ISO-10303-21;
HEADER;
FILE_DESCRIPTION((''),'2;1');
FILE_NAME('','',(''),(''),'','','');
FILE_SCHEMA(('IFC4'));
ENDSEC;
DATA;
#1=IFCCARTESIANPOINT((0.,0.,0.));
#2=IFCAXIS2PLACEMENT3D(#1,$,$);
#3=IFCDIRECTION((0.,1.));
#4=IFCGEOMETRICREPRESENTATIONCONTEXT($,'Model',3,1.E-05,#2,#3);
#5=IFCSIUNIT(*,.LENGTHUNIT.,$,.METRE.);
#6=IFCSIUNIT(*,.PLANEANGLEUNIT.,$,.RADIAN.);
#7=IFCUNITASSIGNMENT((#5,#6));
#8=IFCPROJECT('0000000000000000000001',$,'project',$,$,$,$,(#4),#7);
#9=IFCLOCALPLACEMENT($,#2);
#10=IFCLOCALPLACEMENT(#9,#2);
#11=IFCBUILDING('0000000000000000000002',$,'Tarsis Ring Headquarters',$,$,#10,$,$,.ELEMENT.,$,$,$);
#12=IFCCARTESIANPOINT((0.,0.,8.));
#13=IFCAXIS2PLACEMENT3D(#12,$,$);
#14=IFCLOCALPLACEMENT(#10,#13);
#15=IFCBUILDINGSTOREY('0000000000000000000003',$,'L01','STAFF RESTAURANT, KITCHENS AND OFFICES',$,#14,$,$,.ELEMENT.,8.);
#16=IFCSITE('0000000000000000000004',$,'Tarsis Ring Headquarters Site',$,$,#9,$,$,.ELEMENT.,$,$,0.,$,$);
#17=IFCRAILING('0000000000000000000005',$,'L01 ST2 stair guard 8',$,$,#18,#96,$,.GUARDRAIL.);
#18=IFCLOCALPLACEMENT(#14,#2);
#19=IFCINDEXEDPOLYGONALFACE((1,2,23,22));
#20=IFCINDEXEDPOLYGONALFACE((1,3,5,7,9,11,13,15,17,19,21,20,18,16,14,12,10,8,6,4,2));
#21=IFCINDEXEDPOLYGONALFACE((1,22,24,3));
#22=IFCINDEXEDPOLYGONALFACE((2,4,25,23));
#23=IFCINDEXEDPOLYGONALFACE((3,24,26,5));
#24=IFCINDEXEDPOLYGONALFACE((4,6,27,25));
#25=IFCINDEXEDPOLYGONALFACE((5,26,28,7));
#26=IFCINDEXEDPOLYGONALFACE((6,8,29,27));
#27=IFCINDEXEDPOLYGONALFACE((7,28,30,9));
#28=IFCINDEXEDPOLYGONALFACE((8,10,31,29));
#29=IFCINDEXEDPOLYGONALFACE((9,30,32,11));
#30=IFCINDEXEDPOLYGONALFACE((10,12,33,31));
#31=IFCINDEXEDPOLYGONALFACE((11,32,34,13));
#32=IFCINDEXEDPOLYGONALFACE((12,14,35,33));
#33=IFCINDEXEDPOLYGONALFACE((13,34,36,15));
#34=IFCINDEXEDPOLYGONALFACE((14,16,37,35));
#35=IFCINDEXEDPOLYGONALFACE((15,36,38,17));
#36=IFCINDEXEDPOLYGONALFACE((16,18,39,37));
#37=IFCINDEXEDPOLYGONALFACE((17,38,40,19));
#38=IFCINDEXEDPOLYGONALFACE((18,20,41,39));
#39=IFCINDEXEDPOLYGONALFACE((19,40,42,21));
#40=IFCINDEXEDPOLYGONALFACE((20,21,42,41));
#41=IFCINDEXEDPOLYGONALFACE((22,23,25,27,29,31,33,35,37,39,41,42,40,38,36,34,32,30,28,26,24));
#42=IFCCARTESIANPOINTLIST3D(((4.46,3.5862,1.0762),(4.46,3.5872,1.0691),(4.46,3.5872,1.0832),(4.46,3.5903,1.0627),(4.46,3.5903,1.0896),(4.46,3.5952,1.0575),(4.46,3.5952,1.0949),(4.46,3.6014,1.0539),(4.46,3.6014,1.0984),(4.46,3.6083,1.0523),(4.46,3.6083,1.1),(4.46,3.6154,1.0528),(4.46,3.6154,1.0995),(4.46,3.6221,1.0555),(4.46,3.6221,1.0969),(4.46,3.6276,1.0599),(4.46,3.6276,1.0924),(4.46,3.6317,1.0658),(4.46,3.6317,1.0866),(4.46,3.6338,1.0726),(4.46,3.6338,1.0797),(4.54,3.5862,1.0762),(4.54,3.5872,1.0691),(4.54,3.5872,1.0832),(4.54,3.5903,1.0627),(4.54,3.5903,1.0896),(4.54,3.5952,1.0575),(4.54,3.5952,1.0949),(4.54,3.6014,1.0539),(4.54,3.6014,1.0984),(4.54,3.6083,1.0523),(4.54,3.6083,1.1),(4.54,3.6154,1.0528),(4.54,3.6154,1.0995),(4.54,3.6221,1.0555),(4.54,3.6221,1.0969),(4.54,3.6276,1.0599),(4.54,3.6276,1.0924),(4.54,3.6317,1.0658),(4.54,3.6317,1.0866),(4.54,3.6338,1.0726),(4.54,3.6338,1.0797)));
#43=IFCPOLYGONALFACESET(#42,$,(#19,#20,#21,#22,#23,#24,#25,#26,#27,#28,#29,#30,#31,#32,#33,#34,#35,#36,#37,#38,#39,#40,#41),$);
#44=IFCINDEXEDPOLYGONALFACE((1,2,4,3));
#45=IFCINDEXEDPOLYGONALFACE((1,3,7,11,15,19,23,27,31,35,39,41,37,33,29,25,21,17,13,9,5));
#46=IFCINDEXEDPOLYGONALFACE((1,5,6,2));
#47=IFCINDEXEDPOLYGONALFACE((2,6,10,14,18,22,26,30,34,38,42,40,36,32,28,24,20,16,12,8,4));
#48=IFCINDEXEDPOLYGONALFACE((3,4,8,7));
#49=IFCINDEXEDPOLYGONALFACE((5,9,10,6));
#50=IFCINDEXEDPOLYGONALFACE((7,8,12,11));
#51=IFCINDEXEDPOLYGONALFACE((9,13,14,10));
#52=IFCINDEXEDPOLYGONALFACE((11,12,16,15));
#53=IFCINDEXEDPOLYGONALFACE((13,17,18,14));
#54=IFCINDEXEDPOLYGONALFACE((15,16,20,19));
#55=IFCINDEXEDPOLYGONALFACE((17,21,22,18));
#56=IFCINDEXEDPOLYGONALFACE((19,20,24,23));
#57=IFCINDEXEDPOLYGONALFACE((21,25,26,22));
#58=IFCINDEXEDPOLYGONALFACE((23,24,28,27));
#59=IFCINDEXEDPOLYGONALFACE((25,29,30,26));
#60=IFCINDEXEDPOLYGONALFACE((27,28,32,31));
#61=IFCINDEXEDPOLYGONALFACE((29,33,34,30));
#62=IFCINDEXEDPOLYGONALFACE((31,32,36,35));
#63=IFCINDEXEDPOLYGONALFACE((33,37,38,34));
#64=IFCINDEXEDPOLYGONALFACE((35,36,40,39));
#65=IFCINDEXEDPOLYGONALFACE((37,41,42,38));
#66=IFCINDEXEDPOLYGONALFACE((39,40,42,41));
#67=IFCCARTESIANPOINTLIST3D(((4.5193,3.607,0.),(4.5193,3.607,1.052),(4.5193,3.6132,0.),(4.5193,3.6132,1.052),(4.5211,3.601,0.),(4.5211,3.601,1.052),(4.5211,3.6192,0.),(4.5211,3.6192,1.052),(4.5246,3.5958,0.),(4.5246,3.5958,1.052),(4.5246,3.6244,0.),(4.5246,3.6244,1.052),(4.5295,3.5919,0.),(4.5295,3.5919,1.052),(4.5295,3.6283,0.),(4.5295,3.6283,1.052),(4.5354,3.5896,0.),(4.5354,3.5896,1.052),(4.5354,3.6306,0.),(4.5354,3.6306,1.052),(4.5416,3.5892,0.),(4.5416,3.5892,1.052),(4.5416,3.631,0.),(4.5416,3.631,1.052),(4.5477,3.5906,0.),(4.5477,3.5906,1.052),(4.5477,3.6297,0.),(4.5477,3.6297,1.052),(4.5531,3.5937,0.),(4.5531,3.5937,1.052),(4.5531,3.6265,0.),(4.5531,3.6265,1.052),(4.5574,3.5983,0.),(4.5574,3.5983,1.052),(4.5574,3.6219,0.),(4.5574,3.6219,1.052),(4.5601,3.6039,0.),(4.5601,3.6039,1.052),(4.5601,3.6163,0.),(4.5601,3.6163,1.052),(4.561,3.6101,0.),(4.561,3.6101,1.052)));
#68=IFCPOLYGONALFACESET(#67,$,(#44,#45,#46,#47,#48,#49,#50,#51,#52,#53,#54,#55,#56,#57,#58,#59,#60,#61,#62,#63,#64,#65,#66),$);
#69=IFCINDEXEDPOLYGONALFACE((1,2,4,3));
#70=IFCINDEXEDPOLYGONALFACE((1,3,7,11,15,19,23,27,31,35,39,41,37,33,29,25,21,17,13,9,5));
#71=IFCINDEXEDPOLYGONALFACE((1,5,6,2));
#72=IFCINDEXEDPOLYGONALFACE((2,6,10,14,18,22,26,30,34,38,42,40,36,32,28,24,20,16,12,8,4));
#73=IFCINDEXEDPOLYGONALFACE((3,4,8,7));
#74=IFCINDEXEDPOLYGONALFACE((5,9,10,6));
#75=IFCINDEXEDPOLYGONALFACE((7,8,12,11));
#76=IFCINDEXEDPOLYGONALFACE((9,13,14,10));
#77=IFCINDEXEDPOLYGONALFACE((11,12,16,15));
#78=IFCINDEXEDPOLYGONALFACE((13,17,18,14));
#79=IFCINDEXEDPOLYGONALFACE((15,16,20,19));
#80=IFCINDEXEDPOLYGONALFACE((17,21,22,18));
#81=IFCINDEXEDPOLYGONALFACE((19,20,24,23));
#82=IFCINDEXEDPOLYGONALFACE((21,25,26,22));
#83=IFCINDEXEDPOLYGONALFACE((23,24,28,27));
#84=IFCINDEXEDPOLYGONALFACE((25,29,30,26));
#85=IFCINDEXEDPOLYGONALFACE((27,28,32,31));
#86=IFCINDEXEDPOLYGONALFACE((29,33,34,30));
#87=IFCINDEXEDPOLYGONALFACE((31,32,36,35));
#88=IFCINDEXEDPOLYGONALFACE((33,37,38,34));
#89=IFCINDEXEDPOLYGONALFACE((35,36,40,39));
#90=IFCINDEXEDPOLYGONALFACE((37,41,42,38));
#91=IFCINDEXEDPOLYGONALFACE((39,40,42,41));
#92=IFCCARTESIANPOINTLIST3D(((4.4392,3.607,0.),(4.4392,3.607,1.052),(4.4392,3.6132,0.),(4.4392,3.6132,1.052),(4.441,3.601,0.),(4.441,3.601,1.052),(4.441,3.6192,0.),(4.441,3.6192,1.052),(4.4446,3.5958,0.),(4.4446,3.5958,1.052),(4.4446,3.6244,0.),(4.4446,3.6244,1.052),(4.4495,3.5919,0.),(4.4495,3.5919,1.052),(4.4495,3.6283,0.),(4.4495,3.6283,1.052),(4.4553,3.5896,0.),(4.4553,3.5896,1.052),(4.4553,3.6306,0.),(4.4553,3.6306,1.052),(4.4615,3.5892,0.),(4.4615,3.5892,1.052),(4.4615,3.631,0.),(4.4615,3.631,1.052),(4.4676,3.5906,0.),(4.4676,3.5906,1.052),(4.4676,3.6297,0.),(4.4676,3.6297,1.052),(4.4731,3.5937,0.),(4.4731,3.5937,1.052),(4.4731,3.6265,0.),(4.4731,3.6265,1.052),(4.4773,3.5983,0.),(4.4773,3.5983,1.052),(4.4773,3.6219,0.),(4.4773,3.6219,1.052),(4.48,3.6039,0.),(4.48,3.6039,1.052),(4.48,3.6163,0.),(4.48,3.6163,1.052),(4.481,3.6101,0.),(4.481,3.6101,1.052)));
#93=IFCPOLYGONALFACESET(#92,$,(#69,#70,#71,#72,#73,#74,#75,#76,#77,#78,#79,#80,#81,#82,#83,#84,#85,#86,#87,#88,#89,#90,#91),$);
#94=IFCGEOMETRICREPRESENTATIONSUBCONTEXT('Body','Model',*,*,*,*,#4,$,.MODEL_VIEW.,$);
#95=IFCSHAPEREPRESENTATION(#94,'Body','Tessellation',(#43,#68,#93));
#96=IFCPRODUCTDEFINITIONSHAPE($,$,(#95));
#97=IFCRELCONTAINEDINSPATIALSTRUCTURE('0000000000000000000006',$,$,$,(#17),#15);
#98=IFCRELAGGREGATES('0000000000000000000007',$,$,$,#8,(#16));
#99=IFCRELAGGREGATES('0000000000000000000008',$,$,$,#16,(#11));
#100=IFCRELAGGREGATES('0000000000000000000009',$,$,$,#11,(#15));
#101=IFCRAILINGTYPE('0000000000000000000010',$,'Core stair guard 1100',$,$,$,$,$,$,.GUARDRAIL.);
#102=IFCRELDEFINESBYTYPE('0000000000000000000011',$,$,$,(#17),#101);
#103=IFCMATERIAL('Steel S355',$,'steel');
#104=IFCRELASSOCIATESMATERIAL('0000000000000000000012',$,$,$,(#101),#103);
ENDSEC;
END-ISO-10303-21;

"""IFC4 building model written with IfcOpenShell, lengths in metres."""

from ifc_helpers import new_model, si_unit, direction, frame, origin, origin_2d, place, context, subcontext, project, spatial, circle, extrude, material, type_object, element, save


model = new_model("IFC4")

# Units and contexts
model_context = context("Model", 3, precision=1e-05, world=origin(), true_north=direction((0.0, 1.0)))
body_context = subcontext(model_context, "Body", "Model", "MODEL_VIEW")
ifc_project = project(units=[si_unit("LENGTHUNIT", "METRE"), si_unit("PLANEANGLEUNIT", "RADIAN")], contexts=[model_context])

# Site, building, storey
site_placement = place(None, origin())
site = spatial("IfcSite", under=ifc_project, at=site_placement, Name="Tarsis Ring Headquarters Site", CompositionType="ELEMENT", RefElevation=0.0)
building_placement = place(site_placement, origin())
building = spatial("IfcBuilding", under=site, at=building_placement, Name="Tarsis Ring Headquarters", CompositionType="ELEMENT")
storey_placement = place(building_placement, frame((0.0, 0.0, 8.0)))
storey = spatial("IfcBuildingStorey", under=building, at=storey_placement, Name="L01", Description="STAFF RESTAURANT, KITCHENS AND OFFICES", CompositionType="ELEMENT", Elevation=8.0)

# Railing
ifc_material_1 = material(Name="Steel S355", Category="steel")
railing_type_1 = type_object("IfcRailingType", Name="Core stair guard 1100", PredefinedType="GUARDRAIL", material=ifc_material_1)
railing_1_placement = place(storey_placement, frame((4.54, 3.6101, 0.0)))
element("IfcRailing", 1, at=railing_1_placement, inside=storey, type_object=railing_type_1, Name="L01 ST2 stair guard 8", PredefinedType="GUARDRAIL", context=body_context, shape_type="SweptSolid", body=[
    extrude(circle(Radius=0.0239, at=origin_2d()), frame((0.0, 0.0, 1.0762), z_axis=(-1.0, 0.0, 0.0), x_axis=(0.0, -1.0, 0.0)), (0.0, 0.0, 1.0), 0.0801),
    extrude(circle(Radius=0.021, at=origin_2d()), origin(), (0.0, 0.0, 1.0), 1.052),
    extrude(circle(Radius=0.021, at=origin_2d()), frame((-0.0801, 0.0, 0.0)), (0.0, 0.0, 1.0), 1.052),
])

save(model, "model.ifc")
